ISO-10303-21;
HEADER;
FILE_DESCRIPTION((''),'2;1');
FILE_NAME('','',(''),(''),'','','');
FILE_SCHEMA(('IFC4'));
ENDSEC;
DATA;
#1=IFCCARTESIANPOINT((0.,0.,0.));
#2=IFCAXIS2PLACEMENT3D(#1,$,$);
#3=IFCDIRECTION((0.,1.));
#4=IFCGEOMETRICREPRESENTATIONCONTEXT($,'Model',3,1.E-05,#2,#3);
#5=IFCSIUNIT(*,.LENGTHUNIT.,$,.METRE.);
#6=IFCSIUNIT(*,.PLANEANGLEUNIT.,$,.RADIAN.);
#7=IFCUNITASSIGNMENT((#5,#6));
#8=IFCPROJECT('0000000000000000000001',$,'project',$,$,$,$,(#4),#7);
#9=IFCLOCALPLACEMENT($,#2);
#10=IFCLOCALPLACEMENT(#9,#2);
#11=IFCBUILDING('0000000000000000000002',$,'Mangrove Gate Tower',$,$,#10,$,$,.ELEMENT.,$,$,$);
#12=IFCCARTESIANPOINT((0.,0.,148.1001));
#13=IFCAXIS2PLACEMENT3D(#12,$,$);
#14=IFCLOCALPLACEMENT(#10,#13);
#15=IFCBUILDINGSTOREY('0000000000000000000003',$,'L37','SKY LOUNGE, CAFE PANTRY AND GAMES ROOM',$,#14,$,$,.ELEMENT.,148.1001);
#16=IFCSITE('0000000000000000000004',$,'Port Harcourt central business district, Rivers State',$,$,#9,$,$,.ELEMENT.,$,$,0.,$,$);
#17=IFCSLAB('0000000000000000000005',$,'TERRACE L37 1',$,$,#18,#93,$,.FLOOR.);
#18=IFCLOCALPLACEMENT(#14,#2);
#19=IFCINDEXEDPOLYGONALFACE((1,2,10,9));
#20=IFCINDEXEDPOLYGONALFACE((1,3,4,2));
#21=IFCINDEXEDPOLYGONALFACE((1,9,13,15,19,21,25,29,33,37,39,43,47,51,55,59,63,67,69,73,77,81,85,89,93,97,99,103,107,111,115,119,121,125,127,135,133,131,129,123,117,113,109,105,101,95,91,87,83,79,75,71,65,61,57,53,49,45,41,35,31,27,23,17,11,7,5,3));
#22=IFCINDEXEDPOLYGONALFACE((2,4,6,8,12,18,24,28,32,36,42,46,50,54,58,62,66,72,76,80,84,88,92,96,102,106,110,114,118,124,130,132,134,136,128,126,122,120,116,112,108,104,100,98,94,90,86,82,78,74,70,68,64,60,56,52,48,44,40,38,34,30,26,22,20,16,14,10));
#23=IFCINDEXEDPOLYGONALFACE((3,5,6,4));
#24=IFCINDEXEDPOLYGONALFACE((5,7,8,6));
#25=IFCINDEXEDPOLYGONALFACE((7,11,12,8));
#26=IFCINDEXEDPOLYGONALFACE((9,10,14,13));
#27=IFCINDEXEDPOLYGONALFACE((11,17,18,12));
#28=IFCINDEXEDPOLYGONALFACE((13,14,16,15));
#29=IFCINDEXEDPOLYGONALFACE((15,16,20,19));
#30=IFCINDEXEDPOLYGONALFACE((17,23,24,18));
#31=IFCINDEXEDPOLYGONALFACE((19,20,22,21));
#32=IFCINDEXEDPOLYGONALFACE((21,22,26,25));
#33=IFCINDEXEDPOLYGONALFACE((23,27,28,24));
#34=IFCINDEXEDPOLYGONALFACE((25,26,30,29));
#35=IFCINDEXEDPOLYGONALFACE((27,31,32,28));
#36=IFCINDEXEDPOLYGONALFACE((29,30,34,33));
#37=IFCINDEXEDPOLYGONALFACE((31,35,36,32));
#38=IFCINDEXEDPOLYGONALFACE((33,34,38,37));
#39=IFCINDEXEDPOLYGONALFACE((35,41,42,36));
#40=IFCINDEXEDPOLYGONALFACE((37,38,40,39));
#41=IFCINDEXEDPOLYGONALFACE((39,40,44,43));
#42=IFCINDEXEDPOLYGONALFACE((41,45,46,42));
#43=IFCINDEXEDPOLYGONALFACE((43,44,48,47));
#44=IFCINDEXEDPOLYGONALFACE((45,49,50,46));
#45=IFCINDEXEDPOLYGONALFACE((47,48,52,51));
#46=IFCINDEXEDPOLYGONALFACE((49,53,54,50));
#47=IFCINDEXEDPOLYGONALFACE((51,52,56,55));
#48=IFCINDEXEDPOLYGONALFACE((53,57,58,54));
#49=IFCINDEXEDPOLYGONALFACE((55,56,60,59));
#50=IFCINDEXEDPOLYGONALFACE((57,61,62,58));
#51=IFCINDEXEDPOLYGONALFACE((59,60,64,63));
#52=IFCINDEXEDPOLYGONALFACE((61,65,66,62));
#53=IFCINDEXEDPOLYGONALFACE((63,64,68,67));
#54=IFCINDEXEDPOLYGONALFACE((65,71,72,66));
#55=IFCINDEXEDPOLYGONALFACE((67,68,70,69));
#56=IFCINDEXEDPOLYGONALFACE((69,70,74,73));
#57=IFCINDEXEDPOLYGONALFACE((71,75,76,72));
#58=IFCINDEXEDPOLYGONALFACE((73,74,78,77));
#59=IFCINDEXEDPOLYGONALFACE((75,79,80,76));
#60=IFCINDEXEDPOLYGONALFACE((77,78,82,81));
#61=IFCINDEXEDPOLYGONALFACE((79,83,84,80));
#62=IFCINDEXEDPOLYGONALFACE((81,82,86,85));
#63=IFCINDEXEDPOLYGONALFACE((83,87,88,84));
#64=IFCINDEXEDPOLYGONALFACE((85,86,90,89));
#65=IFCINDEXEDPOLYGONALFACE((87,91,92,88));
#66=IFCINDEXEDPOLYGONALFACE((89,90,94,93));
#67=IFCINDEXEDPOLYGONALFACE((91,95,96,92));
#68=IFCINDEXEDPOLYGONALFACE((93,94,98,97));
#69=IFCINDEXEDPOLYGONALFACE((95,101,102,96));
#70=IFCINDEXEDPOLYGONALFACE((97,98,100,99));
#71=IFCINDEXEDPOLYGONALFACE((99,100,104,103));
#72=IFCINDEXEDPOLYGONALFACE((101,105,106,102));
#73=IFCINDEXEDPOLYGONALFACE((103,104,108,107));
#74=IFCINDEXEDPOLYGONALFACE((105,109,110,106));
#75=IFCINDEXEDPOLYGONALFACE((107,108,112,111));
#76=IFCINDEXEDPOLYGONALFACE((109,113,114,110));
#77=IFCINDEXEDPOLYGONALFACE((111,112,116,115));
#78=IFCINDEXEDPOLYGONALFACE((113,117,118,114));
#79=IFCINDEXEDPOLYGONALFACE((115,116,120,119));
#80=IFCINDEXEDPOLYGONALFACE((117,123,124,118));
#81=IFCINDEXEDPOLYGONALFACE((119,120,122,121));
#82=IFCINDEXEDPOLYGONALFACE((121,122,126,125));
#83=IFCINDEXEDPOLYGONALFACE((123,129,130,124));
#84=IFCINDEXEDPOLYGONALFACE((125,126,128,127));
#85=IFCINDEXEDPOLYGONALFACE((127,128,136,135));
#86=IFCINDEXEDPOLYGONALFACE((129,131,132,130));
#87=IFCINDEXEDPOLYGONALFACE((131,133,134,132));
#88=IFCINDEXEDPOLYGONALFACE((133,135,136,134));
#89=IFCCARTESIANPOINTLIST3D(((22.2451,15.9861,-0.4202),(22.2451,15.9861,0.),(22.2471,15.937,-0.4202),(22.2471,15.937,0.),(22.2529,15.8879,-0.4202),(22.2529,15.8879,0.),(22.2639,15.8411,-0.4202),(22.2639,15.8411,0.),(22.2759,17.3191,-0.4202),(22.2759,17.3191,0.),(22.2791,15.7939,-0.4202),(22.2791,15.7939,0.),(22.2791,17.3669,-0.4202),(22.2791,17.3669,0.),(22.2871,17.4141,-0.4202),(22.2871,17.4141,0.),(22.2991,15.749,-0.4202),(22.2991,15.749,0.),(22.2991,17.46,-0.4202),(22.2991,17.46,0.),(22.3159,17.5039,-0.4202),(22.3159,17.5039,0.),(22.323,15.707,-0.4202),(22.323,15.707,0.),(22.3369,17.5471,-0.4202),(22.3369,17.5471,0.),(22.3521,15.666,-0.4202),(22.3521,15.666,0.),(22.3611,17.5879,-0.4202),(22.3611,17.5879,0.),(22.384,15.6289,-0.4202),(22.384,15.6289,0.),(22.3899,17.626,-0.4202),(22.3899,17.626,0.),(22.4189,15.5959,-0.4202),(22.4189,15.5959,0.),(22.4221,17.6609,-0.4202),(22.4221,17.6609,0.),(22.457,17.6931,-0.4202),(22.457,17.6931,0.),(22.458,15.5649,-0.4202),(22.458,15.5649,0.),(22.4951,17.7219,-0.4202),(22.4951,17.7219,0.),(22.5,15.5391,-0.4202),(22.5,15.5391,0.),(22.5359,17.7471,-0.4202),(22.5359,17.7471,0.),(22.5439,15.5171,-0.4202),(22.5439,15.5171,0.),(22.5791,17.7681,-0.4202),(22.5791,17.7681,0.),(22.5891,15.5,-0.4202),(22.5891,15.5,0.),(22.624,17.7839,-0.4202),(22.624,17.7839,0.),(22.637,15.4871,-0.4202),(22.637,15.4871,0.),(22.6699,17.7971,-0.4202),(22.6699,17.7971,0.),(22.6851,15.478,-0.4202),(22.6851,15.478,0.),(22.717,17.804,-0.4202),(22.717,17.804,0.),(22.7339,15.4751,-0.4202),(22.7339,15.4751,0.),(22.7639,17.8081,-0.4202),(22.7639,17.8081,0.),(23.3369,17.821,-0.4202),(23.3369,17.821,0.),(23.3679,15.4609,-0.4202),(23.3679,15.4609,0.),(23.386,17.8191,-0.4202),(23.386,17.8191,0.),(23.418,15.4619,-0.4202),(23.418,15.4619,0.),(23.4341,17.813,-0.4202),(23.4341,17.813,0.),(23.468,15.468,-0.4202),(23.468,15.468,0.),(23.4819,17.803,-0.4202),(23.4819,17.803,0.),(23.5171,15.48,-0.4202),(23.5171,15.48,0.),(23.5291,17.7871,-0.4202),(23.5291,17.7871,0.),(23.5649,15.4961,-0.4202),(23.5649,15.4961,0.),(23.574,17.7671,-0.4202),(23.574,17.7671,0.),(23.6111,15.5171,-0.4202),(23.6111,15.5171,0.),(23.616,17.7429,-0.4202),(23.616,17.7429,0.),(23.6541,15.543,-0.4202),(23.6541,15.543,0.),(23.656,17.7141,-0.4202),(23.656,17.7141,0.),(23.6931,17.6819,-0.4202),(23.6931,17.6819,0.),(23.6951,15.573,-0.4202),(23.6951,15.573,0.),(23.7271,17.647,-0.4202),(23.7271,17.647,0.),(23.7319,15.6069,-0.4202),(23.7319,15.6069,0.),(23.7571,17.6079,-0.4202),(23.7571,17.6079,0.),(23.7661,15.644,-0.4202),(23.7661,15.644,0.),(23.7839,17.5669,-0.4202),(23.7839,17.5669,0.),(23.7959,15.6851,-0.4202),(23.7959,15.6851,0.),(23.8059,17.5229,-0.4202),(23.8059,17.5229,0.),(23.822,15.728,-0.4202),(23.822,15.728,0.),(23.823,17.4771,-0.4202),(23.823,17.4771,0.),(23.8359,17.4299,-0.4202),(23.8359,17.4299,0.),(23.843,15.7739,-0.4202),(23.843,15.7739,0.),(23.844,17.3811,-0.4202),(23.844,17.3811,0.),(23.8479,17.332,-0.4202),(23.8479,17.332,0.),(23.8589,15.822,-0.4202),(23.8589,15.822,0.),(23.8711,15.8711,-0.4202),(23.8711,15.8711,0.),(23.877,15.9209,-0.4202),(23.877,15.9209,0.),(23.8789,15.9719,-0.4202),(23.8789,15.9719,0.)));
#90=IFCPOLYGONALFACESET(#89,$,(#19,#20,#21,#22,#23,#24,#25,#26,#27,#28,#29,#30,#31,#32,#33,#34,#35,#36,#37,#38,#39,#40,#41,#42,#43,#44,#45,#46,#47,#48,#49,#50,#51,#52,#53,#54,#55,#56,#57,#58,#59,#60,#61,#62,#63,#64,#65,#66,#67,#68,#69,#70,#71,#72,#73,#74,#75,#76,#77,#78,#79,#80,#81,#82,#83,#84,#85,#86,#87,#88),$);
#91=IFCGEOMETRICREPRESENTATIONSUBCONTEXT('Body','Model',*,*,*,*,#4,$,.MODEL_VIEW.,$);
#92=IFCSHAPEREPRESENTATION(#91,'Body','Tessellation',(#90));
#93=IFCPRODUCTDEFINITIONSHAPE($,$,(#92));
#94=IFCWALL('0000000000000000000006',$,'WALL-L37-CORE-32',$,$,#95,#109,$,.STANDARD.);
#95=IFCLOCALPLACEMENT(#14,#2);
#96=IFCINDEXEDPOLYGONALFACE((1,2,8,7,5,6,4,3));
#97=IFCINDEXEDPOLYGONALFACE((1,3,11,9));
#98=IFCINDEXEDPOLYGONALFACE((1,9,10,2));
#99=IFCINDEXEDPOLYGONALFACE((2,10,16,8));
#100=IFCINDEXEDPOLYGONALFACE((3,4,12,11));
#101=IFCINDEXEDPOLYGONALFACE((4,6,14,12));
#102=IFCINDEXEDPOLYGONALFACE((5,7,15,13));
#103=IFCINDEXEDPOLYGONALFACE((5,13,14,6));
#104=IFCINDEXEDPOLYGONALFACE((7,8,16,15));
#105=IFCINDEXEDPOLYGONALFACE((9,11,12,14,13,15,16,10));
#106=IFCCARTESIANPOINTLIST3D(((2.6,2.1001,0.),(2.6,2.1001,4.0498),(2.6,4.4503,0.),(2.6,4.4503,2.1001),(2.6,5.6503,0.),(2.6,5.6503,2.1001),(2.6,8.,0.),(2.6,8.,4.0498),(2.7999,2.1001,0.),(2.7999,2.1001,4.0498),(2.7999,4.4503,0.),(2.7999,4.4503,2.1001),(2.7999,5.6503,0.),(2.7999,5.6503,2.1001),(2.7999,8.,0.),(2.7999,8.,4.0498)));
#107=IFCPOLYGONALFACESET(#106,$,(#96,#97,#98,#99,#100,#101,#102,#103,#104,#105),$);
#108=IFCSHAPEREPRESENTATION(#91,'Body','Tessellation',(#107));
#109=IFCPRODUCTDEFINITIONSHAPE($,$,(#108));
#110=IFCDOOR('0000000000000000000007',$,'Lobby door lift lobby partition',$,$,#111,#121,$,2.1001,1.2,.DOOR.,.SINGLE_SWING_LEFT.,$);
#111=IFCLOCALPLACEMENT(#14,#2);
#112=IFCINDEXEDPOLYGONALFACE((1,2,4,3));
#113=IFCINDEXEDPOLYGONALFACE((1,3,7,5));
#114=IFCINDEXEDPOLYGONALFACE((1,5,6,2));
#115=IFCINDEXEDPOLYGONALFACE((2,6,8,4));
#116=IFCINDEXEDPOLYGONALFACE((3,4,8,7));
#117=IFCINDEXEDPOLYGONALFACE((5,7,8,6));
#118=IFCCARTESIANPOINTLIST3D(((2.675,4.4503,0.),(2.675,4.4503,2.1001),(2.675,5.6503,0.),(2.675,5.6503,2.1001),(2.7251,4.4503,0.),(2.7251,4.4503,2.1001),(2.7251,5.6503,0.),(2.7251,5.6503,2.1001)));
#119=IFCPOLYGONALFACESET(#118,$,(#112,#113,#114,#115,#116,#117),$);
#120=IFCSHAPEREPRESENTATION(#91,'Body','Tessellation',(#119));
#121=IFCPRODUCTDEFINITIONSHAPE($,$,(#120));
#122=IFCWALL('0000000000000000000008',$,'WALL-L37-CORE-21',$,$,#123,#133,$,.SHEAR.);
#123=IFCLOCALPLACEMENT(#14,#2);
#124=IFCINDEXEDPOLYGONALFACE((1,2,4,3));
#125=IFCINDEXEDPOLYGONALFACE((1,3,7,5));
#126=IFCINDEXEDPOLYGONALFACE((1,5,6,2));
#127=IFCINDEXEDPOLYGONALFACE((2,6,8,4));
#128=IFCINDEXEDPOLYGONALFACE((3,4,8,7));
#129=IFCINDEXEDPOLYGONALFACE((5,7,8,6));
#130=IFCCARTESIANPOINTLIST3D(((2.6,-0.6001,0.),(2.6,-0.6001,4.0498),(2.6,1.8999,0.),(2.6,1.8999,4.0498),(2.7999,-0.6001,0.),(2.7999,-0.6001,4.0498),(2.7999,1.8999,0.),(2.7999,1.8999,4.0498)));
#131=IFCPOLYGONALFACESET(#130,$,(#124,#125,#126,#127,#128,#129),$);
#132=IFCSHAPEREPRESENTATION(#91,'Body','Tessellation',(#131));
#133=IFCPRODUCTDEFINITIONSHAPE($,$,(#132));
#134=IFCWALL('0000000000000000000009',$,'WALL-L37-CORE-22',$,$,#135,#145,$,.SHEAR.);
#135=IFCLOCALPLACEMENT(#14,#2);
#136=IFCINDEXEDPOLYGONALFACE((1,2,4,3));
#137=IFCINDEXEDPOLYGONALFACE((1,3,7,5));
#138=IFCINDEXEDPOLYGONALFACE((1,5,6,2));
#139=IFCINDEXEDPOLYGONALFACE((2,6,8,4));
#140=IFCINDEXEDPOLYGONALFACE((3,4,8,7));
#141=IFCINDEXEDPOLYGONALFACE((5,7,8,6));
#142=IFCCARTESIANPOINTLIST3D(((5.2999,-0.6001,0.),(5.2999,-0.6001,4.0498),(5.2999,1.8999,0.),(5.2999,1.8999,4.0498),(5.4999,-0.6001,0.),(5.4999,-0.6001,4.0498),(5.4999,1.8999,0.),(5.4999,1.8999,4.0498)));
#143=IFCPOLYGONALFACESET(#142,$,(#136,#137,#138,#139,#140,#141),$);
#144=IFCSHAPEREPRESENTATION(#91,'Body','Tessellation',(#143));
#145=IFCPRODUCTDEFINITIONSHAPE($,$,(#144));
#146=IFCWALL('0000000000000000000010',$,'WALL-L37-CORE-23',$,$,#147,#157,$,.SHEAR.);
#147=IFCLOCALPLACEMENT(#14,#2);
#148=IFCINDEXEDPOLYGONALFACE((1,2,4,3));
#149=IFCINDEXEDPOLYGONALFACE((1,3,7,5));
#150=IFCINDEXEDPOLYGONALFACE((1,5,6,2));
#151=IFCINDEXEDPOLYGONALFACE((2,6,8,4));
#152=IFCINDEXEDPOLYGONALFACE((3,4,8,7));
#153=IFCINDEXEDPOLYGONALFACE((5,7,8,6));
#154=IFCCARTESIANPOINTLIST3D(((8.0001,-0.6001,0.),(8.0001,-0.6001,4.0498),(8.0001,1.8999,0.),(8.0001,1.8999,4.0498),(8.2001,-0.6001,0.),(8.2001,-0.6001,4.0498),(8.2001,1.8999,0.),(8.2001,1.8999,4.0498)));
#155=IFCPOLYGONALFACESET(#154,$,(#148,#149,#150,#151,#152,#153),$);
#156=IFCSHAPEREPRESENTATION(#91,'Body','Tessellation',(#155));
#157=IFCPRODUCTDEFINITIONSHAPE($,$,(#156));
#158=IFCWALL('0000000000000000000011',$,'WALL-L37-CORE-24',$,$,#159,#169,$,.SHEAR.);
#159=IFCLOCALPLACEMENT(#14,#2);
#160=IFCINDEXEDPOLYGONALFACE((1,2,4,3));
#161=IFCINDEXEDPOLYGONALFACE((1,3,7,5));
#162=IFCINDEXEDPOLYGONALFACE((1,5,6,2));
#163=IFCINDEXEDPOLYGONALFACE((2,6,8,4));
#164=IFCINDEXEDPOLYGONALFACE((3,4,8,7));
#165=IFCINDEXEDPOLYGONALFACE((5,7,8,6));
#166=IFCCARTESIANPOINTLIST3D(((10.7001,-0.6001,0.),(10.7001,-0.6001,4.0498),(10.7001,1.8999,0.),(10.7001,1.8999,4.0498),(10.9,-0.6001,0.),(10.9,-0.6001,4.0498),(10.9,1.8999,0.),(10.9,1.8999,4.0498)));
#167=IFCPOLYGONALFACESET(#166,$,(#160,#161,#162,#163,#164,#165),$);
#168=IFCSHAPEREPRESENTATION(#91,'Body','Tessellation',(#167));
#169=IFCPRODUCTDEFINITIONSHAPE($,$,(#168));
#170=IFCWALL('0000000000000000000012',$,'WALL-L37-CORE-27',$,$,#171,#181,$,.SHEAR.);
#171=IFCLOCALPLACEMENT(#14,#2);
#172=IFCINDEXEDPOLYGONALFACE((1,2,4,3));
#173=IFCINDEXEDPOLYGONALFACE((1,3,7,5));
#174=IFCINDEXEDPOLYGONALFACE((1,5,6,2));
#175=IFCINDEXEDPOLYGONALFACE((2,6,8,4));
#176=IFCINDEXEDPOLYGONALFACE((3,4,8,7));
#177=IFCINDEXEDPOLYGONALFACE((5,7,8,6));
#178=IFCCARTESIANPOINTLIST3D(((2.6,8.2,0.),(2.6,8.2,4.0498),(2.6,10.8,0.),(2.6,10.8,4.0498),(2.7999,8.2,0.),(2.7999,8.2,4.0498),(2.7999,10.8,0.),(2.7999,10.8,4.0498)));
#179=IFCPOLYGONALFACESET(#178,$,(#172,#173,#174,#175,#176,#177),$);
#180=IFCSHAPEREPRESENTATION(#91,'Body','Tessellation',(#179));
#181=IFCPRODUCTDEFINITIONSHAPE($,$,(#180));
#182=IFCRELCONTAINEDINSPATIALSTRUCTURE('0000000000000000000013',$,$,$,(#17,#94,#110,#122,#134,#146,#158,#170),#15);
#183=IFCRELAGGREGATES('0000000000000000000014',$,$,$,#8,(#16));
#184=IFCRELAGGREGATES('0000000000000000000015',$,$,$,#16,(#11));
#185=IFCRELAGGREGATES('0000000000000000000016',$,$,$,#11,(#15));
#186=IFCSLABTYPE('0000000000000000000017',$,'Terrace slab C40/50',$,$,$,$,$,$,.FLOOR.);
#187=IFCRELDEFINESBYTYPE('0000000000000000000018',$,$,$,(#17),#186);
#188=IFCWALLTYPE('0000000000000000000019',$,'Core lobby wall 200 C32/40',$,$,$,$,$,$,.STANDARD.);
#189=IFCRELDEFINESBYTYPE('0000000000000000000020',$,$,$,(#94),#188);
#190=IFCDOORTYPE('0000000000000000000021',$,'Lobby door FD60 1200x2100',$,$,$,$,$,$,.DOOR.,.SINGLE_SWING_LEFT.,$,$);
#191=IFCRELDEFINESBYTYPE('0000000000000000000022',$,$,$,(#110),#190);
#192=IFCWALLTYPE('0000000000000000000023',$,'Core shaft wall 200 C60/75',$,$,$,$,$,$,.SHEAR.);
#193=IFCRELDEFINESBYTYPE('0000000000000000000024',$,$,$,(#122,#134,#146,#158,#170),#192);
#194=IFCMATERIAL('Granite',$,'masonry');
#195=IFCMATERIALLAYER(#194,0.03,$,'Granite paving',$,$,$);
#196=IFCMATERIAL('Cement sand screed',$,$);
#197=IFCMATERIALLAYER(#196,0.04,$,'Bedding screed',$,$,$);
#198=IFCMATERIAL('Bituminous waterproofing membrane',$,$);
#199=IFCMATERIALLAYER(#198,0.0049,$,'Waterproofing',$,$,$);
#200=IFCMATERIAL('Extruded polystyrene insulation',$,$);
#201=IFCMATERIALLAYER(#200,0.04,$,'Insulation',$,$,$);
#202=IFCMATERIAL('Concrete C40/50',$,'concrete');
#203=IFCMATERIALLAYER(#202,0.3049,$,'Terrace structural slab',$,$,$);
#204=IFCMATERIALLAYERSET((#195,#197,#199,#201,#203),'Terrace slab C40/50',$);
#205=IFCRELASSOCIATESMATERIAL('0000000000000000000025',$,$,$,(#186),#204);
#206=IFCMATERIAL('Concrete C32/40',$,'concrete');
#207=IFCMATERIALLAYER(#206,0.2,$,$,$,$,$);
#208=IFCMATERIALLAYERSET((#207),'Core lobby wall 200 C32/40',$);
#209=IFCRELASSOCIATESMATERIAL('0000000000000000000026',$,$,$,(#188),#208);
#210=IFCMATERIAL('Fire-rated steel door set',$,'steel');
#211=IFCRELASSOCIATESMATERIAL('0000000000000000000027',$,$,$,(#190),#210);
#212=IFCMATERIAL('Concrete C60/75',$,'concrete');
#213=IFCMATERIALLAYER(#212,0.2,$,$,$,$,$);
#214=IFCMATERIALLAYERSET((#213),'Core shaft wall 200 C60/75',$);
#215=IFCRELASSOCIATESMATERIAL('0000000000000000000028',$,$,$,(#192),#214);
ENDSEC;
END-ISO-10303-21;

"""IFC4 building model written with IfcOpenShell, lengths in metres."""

from ifc_helpers import new_model, si_unit, direction, frame, frame_2d, origin, place, context, subcontext, project, spatial, polyline, rectangle, outline, extrude, material, layer, layer_set, type_object, element, fill, save


model = new_model("IFC4")

# Units and contexts
model_context = context("Model", 3, precision=1e-05, world=origin(), true_north=direction((0.0, 1.0)))
body_context = subcontext(model_context, "Body", "Model", "MODEL_VIEW")
ifc_project = project(units=[si_unit("LENGTHUNIT", "METRE"), si_unit("PLANEANGLEUNIT", "RADIAN")], contexts=[model_context])

# Site, building, storey
site_placement = place(None, origin())
site = spatial("IfcSite", under=ifc_project, at=site_placement, Name="Port Harcourt central business district, Rivers State", CompositionType="ELEMENT", RefElevation=0.0)
building_placement = place(site_placement, origin())
building = spatial("IfcBuilding", under=site, at=building_placement, Name="Mangrove Gate Tower", CompositionType="ELEMENT")
storey_placement = place(building_placement, frame((0.0, 0.0, 148.1001)))
storey = spatial("IfcBuildingStorey", under=building, at=storey_placement, Name="L37", Description="SKY LOUNGE, CAFE PANTRY AND GAMES ROOM", CompositionType="ELEMENT", Elevation=148.1001)

# Shared definitions
ifc_material_1 = material(Name="Cement sand screed")
ifc_material_2 = material(Name="Bituminous waterproofing membrane")
ifc_material_3 = material(Name="Concrete C40/50", Category="concrete")

# Slab
ifc_material_4 = material(Name="Granite", Category="masonry")
ifc_layer_1 = layer(ifc_material_4, 0.03, Name="Granite paving")
ifc_layer_2 = layer(ifc_material_1, 0.04, Name="Bedding screed")
ifc_layer_3 = layer(ifc_material_2, 0.0049, Name="Waterproofing")
ifc_material_5 = material(Name="Extruded polystyrene insulation")
ifc_layer_4 = layer(ifc_material_5, 0.04, Name="Insulation")
ifc_layer_5 = layer(ifc_material_3, 0.3049, Name="Terrace structural slab")
ifc_layer_set_1 = layer_set([ifc_layer_1, ifc_layer_2, ifc_layer_3, ifc_layer_4, ifc_layer_5], Name="Terrace slab C40/50")
slab_type_1 = type_object("IfcSlabType", Name="Terrace slab C40/50", PredefinedType="FLOOR", material=ifc_layer_set_1)
slab_1_placement = place(storey_placement, frame((0.0, 0.0, -0.4202)))
element("IfcSlab", 1, at=slab_1_placement, inside=storey, type_object=slab_type_1, Name="TERRACE L37 1", PredefinedType="FLOOR", context=body_context, shape_type="SweptSolid", body=[
    extrude(outline(polyline([(23.3369, 17.821), (22.7639, 17.8081), (22.717, 17.804), (22.6699, 17.7971), (22.624, 17.7839), (22.5791, 17.7681), (22.5359, 17.7471), (22.4951, 17.7219), (22.457, 17.6931), (22.4221, 17.6609), (22.3899, 17.626), (22.3611, 17.5879), (22.3369, 17.5471), (22.3159, 17.5039), (22.2991, 17.46), (22.2871, 17.4141), (22.2791, 17.3669), (22.2759, 17.3191), (22.2451, 15.9861), (22.2471, 15.937), (22.2529, 15.8879), (22.2639, 15.8411), (22.2791, 15.7939), (22.2991, 15.749), (22.323, 15.707), (22.3521, 15.666), (22.384, 15.6289), (22.4189, 15.5959), (22.458, 15.5649), (22.5, 15.5391), (22.5439, 15.5171), (22.5891, 15.5), (22.637, 15.4871), (22.6851, 15.478), (22.7339, 15.4751), (23.3679, 15.4609), (23.418, 15.4619), (23.468, 15.468), (23.5171, 15.48), (23.5649, 15.4961), (23.6111, 15.5171), (23.6541, 15.543), (23.6951, 15.573), (23.7319, 15.6069), (23.7661, 15.644), (23.7959, 15.6851), (23.822, 15.728), (23.843, 15.7739), (23.8589, 15.822), (23.8711, 15.8711), (23.877, 15.9209), (23.8789, 15.9719), (23.8479, 17.332), (23.844, 17.3811), (23.8359, 17.4299), (23.823, 17.4771), (23.8059, 17.5229), (23.7839, 17.5669), (23.7571, 17.6079), (23.7271, 17.647), (23.6931, 17.6819), (23.656, 17.7141), (23.616, 17.7429), (23.574, 17.7671), (23.5291, 17.7871), (23.4819, 17.803), (23.4341, 17.813), (23.386, 17.8191), (23.3369, 17.821)])), origin(), (0.0, 0.0, 1.0), 0.4202),
])

# Wall, opening, door
ifc_material_6 = material(Name="Concrete C32/40", Category="concrete")
ifc_layer_6 = layer(ifc_material_6, 0.2)
ifc_layer_set_2 = layer_set([ifc_layer_6], Name="Core lobby wall 200 C32/40")
wall_type_1 = type_object("IfcWallType", Name="Core lobby wall 200 C32/40", PredefinedType="STANDARD", material=ifc_layer_set_2)
wall_1_placement = place(storey_placement, frame((2.7, 2.1001, 0.0), z_axis=(0.0, 0.0, 1.0), x_axis=(0.0, 1.0, 0.0)))
wall_1 = element("IfcWall", 2, at=wall_1_placement, inside=storey, type_object=wall_type_1, Name="WALL-L37-CORE-32", PredefinedType="STANDARD", context=body_context, shape_type="SweptSolid", body=[
    extrude(rectangle(XDim=5.8999, YDim=0.2, at=frame_2d((2.95, 0.0))), origin(), (0.0, 0.0, 1.0), 4.0498),
])
opening_1_placement = place(wall_1_placement, frame((2.3501, 0.0, 0.0)))
opening_1 = element("IfcOpeningElement", 3, at=opening_1_placement, cuts=wall_1, PredefinedType="OPENING", context=body_context, shape_type="SweptSolid", body=[
    extrude(rectangle(XDim=1.2, YDim=2.1001, at=frame_2d((0.6001, 1.05))), frame((0.0, 0.1099, 0.0), z_axis=(0.0, -1.0, 0.0), x_axis=(1.0, 0.0, 0.0)), (0.0, 0.0, 1.0), 0.22),
])
ifc_material_7 = material(Name="Fire-rated steel door set", Category="steel")
door_type_1 = type_object("IfcDoorType", Name="Lobby door FD60 1200x2100", OperationType="SINGLE_SWING_LEFT", PredefinedType="DOOR", material=ifc_material_7)
door_1_placement = place(opening_1_placement, origin())
door_1 = element("IfcDoor", 4, at=door_1_placement, inside=storey, type_object=door_type_1, Name="Lobby door lift lobby partition", OperationType="SINGLE_SWING_LEFT", OverallHeight=2.1001, OverallWidth=1.2, PredefinedType="DOOR", context=body_context, shape_type="SweptSolid", body=[
    extrude(rectangle(XDim=1.2, YDim=2.1001, at=frame_2d((0.6001, 1.05))), frame((0.0, 0.0249, 0.0), z_axis=(0.0, -1.0, 0.0), x_axis=(1.0, 0.0, 0.0)), (0.0, 0.0, 1.0), 0.05),
])
fill(opening_1, door_1)

# Walls
ifc_material_8 = material(Name="Concrete C60/75", Category="concrete")
ifc_layer_7 = layer(ifc_material_8, 0.2)
ifc_layer_set_3 = layer_set([ifc_layer_7], Name="Core shaft wall 200 C60/75")
wall_type_2 = type_object("IfcWallType", Name="Core shaft wall 200 C60/75", PredefinedType="SHEAR", material=ifc_layer_set_3)
for number, where, z_axis, x_axis, name in (
    (5, (2.7, -0.6001, 0.0), (0.0, 0.0, 1.0), (0.0, 1.0, 0.0), "WALL-L37-CORE-21"),
    (6, (5.3999, -0.6001, 0.0), (0.0, 0.0, 1.0), (0.0, 1.0, 0.0), "WALL-L37-CORE-22"),
    (7, (8.1001, -0.6001, 0.0), (0.0, 0.0, 1.0), (0.0, 1.0, 0.0), "WALL-L37-CORE-23"),
    (8, (10.8, -0.6001, 0.0), (0.0, 0.0, 1.0), (0.0, 1.0, 0.0), "WALL-L37-CORE-24"),
):
    element("IfcWall", number, at=place(storey_placement, frame(where, z_axis=z_axis, x_axis=x_axis)), inside=storey, type_object=wall_type_2, Name=name, PredefinedType="SHEAR", context=body_context, shape_type="SweptSolid", body=[
        extrude(rectangle(XDim=2.5, YDim=0.2, at=frame_2d((1.25, 0.0))), origin(), (0.0, 0.0, 1.0), 4.0498),
    ])
for number, where, z_axis, x_axis, name in (
    (9, (2.7, 8.2, 0.0), (0.0, 0.0, 1.0), (0.0, 1.0, 0.0), "WALL-L37-CORE-27"),
):
    element("IfcWall", number, at=place(storey_placement, frame(where, z_axis=z_axis, x_axis=x_axis)), inside=storey, type_object=wall_type_2, Name=name, PredefinedType="SHEAR", context=body_context, shape_type="SweptSolid", body=[
        extrude(rectangle(XDim=2.6001, YDim=0.2, at=frame_2d((1.3, 0.0))), origin(), (0.0, 0.0, 1.0), 4.0498),
    ])

save(model, "model.ifc")
